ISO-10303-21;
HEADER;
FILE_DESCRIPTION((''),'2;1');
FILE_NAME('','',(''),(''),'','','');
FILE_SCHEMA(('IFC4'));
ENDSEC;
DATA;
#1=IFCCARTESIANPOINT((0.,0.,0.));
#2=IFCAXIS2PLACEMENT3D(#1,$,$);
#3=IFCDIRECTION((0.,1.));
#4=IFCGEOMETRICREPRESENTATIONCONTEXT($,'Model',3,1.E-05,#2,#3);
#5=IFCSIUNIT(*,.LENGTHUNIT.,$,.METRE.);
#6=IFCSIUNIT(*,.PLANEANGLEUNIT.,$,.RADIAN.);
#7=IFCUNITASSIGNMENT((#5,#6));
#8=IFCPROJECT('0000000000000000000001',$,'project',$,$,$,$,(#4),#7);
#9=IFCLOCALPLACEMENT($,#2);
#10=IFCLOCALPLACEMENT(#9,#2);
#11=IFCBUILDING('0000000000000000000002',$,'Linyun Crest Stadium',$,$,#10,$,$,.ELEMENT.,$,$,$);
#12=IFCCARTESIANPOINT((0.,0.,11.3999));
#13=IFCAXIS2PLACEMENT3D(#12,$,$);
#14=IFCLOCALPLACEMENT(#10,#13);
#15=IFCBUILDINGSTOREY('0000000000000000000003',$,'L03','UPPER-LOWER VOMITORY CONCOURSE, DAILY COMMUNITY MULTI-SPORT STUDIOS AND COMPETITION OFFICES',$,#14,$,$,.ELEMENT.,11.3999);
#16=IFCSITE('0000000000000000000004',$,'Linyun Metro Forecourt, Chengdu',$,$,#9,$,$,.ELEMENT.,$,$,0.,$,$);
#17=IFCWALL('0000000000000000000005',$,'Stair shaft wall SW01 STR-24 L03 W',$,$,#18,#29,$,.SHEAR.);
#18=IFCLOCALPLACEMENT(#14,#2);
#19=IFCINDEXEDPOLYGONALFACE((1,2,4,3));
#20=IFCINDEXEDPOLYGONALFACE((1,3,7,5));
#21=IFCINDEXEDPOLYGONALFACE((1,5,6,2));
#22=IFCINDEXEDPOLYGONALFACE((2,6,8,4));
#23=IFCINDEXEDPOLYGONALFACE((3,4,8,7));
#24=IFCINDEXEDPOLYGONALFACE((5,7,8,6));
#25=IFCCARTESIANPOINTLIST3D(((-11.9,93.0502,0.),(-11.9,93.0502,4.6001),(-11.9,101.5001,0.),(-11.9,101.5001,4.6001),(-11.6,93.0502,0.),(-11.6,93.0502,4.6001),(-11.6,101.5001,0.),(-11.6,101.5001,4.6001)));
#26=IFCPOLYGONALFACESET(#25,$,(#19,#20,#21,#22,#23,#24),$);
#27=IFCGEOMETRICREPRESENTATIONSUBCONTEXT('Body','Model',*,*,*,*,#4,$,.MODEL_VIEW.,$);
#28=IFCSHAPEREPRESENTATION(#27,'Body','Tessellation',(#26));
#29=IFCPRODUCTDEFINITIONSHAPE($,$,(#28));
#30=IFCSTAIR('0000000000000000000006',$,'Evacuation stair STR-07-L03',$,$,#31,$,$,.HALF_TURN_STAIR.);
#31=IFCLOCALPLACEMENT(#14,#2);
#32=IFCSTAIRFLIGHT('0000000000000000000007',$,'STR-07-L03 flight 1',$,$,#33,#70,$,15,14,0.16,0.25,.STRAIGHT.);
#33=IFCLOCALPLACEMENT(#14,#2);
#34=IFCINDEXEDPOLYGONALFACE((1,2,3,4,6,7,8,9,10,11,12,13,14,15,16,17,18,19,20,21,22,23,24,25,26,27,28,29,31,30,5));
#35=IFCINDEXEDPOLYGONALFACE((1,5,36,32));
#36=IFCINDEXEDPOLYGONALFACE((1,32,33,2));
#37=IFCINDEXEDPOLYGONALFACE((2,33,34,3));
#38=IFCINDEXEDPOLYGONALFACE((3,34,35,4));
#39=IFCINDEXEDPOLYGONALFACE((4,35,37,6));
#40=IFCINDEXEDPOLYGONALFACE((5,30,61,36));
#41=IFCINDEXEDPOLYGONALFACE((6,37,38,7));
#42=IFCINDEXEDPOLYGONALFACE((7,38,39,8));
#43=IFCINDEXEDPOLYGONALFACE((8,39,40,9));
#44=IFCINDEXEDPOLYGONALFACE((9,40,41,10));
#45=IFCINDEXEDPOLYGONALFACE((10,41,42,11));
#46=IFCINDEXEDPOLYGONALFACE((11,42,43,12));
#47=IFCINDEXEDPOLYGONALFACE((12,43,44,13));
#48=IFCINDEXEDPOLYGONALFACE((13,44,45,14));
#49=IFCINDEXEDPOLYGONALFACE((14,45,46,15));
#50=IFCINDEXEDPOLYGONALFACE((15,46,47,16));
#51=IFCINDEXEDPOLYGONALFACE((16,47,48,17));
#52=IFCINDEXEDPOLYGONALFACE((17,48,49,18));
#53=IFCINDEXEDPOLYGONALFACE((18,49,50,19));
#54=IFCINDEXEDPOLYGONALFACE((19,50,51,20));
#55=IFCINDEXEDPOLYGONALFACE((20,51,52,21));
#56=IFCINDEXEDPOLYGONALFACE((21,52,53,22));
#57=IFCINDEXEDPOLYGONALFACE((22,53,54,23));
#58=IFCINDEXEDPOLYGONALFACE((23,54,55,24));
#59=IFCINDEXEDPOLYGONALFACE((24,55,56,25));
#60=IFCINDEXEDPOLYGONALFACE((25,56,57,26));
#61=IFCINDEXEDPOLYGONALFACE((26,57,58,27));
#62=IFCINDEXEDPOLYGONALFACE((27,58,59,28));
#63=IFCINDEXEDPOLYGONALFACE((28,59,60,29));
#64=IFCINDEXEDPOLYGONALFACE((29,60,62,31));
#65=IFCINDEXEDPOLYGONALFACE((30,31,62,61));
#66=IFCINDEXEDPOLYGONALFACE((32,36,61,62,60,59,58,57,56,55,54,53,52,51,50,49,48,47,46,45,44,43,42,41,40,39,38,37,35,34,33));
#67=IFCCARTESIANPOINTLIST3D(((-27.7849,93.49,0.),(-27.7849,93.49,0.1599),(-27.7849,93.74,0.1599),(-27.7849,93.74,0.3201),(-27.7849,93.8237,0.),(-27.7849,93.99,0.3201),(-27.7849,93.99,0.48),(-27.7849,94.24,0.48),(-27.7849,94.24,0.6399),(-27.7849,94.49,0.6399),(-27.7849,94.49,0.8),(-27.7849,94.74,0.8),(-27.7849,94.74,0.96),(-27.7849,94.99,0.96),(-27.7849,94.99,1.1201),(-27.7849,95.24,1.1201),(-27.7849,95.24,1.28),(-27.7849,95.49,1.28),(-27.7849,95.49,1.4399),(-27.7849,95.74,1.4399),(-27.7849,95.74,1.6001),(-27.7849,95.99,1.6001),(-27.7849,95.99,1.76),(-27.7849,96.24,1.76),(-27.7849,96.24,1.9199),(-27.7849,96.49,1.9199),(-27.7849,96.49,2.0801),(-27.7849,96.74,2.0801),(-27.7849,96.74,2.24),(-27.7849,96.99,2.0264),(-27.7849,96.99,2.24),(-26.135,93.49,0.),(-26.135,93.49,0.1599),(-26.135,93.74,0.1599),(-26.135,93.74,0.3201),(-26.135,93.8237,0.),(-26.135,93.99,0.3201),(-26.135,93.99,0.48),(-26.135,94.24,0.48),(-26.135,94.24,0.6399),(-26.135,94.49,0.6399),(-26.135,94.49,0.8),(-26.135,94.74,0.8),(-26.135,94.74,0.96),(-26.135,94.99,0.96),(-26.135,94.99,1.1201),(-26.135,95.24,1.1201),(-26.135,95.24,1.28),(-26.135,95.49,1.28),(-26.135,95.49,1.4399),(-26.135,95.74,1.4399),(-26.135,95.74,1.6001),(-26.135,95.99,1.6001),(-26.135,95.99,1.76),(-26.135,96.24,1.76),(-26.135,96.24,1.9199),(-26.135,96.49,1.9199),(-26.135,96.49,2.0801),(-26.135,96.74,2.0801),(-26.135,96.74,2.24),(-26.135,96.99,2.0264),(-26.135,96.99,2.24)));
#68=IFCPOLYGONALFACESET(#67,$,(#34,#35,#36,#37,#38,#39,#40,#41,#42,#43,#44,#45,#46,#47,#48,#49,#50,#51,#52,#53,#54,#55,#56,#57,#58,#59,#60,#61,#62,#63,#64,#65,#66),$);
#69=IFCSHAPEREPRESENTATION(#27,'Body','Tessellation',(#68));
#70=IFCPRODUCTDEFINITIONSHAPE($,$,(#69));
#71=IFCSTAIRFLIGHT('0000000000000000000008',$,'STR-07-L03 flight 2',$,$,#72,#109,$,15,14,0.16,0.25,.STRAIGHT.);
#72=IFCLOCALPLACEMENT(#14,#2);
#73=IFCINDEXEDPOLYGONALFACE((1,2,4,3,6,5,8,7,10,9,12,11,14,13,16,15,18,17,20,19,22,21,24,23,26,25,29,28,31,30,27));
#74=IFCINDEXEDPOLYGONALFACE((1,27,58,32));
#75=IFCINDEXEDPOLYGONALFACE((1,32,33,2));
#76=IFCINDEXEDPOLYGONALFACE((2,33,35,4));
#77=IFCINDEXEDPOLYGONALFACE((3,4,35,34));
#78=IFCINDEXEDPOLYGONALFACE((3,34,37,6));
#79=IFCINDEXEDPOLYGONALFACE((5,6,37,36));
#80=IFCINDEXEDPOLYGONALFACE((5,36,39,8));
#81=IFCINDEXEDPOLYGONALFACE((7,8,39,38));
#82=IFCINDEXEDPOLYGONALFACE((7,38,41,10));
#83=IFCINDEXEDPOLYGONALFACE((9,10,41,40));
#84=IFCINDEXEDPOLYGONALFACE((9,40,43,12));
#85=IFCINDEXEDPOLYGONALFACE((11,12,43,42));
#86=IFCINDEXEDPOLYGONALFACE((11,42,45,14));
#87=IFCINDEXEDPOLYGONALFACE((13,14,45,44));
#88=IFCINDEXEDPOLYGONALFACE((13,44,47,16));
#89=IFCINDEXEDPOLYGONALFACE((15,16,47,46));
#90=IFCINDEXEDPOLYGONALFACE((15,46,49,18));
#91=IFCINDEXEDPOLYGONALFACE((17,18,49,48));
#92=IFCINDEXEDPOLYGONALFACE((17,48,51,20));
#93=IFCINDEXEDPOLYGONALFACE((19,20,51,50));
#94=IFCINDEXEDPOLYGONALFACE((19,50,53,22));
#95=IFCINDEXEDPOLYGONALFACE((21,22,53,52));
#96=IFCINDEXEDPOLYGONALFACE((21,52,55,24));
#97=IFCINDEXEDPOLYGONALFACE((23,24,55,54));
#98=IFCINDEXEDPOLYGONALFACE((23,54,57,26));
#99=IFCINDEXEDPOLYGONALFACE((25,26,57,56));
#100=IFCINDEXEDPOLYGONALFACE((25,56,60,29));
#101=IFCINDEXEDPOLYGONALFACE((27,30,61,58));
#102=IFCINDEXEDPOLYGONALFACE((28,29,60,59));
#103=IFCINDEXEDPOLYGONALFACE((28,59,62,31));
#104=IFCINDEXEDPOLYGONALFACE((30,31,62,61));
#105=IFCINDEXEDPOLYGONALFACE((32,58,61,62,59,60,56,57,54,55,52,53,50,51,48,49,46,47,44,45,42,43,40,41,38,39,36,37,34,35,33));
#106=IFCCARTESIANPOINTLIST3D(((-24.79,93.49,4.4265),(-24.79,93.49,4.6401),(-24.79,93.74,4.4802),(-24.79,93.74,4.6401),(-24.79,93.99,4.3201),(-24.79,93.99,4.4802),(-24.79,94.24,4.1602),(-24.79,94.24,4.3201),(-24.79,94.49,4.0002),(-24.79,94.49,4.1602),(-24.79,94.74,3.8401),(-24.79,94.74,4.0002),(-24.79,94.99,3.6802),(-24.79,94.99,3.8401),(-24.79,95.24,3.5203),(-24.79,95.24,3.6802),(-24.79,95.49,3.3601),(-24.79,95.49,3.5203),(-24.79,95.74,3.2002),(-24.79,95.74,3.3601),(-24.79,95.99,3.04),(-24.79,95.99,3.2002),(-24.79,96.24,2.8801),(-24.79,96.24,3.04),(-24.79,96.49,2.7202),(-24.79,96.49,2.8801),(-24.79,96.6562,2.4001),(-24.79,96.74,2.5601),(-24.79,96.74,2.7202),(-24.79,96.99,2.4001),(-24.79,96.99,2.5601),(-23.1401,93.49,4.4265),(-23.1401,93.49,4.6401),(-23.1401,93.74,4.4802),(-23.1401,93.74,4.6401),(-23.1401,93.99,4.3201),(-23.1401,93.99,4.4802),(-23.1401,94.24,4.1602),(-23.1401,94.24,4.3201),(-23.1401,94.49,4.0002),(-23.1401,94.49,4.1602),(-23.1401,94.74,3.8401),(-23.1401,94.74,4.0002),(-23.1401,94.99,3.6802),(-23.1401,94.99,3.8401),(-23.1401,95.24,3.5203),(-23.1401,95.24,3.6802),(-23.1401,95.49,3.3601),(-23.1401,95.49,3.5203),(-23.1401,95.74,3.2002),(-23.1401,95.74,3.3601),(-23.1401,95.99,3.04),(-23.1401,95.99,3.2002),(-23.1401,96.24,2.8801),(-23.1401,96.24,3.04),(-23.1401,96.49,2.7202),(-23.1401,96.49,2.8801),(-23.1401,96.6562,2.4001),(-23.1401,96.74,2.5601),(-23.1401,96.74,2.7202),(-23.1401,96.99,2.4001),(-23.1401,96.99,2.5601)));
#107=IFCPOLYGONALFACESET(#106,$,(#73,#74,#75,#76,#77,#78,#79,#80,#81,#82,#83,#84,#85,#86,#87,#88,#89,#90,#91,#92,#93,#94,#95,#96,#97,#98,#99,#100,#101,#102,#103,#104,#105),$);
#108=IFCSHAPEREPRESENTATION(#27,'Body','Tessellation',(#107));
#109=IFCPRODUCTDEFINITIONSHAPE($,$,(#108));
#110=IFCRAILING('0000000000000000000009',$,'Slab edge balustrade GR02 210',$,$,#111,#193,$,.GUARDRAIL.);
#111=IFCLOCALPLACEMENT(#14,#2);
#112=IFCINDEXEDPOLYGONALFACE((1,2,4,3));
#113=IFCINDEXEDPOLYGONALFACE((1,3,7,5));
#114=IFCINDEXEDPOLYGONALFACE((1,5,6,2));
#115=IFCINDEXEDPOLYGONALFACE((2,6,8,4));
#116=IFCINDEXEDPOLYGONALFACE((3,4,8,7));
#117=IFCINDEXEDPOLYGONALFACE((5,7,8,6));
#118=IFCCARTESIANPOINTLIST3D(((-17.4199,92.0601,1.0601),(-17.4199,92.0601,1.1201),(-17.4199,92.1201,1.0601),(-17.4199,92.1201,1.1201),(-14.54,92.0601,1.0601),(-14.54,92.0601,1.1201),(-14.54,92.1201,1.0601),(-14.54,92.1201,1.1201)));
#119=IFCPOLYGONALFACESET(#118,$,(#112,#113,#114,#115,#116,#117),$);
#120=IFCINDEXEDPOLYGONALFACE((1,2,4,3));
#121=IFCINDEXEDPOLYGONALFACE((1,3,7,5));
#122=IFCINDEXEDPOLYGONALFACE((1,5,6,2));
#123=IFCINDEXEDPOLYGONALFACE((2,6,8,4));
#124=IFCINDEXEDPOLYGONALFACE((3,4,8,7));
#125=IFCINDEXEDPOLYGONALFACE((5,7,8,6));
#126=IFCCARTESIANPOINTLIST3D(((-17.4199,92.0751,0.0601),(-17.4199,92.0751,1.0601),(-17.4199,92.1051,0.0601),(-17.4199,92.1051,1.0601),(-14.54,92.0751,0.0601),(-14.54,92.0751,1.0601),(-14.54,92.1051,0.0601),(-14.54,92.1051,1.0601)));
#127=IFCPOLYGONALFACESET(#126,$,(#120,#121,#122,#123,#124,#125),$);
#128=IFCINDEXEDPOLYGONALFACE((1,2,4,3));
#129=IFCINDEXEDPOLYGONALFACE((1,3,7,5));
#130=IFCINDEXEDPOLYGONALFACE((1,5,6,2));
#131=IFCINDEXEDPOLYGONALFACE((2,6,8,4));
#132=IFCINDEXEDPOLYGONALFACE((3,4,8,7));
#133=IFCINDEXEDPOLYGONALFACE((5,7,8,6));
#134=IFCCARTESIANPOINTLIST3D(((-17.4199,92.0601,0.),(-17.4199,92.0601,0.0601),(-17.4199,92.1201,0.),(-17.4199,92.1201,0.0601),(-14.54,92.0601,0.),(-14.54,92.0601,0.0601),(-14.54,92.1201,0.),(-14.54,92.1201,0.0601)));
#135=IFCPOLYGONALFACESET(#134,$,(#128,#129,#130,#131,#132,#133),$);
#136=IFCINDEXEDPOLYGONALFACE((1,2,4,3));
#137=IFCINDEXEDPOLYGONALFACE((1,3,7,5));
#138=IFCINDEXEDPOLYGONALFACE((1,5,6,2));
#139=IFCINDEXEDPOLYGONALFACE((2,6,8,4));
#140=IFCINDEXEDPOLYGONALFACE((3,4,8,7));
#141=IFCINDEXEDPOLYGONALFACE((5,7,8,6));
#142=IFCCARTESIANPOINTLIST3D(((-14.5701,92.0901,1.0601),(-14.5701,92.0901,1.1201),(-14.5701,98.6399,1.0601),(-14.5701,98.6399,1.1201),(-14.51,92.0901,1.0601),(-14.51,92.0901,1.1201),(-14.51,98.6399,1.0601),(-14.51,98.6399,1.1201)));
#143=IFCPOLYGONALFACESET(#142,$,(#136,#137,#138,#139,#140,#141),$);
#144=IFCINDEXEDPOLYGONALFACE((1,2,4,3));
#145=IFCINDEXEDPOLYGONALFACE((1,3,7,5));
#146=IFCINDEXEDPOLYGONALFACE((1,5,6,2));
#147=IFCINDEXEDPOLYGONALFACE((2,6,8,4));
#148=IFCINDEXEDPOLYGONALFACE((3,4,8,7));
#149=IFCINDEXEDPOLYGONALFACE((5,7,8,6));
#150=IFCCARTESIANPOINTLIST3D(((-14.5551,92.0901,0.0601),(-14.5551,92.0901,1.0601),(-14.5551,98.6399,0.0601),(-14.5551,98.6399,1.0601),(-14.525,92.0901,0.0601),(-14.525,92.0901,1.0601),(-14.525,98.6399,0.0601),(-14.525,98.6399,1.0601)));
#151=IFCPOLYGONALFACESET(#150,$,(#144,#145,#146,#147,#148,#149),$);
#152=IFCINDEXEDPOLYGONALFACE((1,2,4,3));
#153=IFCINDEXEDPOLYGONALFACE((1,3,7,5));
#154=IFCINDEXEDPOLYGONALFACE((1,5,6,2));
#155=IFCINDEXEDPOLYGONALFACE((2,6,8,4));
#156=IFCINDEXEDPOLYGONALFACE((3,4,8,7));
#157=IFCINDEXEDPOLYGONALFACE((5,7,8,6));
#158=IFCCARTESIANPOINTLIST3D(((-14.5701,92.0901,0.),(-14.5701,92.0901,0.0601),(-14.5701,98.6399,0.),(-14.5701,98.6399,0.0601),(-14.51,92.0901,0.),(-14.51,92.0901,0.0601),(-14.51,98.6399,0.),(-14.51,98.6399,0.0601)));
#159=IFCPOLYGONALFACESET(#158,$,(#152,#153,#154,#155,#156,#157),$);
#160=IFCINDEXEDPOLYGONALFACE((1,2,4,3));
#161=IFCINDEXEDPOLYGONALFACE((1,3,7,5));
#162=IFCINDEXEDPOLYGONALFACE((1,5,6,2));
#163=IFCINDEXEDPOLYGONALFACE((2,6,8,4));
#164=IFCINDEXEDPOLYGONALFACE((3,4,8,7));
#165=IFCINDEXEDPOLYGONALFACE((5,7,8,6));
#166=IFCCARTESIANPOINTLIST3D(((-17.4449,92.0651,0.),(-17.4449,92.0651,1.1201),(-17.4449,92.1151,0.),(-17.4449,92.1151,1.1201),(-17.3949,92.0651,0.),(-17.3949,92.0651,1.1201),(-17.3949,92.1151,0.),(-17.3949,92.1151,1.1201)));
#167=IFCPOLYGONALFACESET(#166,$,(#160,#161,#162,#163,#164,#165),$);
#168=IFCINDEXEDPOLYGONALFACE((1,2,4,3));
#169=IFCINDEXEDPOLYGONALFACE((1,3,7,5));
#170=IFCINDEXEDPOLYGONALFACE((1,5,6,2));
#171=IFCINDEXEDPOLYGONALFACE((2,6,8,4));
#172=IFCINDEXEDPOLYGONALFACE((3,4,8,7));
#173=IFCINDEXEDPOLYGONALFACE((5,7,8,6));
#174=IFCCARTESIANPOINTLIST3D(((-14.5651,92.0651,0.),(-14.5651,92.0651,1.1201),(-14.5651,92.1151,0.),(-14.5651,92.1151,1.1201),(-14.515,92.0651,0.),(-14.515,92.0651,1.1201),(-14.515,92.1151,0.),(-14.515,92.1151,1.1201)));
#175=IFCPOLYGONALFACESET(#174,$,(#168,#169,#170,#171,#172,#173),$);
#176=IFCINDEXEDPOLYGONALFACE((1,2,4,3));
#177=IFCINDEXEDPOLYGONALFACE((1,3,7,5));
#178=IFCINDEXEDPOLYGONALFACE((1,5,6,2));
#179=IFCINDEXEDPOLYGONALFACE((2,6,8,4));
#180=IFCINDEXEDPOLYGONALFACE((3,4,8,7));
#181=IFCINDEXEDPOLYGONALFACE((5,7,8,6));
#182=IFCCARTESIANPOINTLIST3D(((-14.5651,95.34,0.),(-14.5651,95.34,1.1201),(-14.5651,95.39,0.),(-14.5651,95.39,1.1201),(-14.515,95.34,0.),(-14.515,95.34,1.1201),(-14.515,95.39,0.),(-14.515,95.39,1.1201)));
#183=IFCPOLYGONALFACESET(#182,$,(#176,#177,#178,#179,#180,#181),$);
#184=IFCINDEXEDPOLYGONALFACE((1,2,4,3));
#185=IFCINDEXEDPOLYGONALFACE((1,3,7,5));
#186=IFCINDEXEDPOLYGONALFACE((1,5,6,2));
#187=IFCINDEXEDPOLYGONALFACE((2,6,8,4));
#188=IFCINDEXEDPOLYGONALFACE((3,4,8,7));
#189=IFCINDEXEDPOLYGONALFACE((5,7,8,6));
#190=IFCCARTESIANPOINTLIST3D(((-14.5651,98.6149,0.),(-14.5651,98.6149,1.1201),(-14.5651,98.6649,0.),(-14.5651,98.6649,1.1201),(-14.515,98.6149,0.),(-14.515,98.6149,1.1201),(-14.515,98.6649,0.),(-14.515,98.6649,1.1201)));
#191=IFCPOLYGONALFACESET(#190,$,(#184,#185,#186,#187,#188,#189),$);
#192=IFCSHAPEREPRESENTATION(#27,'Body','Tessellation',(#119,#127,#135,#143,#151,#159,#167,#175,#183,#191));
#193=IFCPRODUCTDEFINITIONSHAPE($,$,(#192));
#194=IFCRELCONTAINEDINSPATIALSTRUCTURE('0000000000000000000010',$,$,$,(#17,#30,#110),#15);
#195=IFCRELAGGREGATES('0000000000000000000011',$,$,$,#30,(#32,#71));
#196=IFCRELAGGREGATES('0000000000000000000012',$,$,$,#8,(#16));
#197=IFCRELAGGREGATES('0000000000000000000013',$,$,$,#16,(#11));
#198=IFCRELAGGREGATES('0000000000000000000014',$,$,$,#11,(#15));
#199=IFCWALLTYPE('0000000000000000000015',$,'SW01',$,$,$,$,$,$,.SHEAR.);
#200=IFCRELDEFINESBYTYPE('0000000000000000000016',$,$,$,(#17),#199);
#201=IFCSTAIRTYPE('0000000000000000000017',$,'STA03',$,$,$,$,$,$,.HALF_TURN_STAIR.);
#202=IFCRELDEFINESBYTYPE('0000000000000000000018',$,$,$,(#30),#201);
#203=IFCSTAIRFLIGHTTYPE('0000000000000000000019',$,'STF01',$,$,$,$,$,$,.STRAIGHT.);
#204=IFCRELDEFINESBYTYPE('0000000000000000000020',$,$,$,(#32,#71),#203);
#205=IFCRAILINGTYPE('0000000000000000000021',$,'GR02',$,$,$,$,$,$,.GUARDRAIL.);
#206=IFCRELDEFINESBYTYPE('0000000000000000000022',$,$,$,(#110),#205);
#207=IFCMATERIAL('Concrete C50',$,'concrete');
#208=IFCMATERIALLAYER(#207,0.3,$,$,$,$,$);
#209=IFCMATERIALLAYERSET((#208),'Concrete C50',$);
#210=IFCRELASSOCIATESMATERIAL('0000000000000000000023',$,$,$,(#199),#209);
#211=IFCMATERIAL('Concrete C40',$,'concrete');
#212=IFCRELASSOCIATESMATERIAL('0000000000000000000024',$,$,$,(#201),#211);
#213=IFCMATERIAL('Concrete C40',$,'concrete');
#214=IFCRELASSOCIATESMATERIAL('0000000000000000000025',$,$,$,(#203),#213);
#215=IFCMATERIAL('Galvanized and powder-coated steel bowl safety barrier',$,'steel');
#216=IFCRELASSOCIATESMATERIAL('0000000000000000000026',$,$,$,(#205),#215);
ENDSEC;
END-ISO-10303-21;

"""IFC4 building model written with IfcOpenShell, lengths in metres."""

from ifc_helpers import new_model, si_unit, direction, frame, frame_2d, origin, origin_2d, place, context, subcontext, project, spatial, polyline, rectangle, outline, extrude, material, layer, layer_set, type_object, element, aggregate, save


model = new_model("IFC4")

# Units and contexts
model_context = context("Model", 3, precision=1e-05, world=origin(), true_north=direction((0.0, 1.0)))
body_context = subcontext(model_context, "Body", "Model", "MODEL_VIEW")
ifc_project = project(units=[si_unit("LENGTHUNIT", "METRE"), si_unit("PLANEANGLEUNIT", "RADIAN")], contexts=[model_context])

# Site, building, storey
site_placement = place(None, origin())
site = spatial("IfcSite", under=ifc_project, at=site_placement, Name="Linyun Metro Forecourt, Chengdu", CompositionType="ELEMENT", RefElevation=0.0)
building_placement = place(site_placement, origin())
building = spatial("IfcBuilding", under=site, at=building_placement, Name="Linyun Crest Stadium", CompositionType="ELEMENT")
storey_placement = place(building_placement, frame((0.0, 0.0, 11.3999)))
storey = spatial("IfcBuildingStorey", under=building, at=storey_placement, Name="L03", Description="UPPER-LOWER VOMITORY CONCOURSE, DAILY COMMUNITY MULTI-SPORT STUDIOS AND COMPETITION OFFICES", CompositionType="ELEMENT", Elevation=11.3999)

# Shared definitions
ifc_material_1 = material(Name="Concrete C50", Category="concrete")
ifc_layer_1 = layer(ifc_material_1, 0.3)
ifc_layer_set_1 = layer_set([ifc_layer_1], Name="Concrete C50")
wall_type_1 = type_object("IfcWallType", Name="SW01", PredefinedType="SHEAR", material=ifc_layer_set_1)

# Wall
wall_1_placement = place(storey_placement, frame((-11.75, 93.05, 0.0), z_axis=(0.0, 0.0, 1.0), x_axis=(0.0, 1.0, 0.0)))
element("IfcWall", 1, at=wall_1_placement, inside=storey, type_object=wall_type_1, Name="Stair shaft wall SW01 STR-24 L03 W", PredefinedType="SHEAR", context=body_context, shape_type="SweptSolid", body=[
    extrude(rectangle(XDim=8.45, YDim=0.3, at=frame_2d((4.2251, 0.0))), origin(), (0.0, 0.0, 1.0), 4.6001),
])

# Stair, stair flights
ifc_material_2 = material(Name="Concrete C40", Category="concrete")
stair_type = type_object("IfcStairType", Name="STA03", PredefinedType="HALF_TURN_STAIR", material=ifc_material_2)
stair_placement = place(storey_placement, origin())
stair = element("IfcStair", 2, at=stair_placement, inside=storey, type_object=stair_type, Name="Evacuation stair STR-07-L03", PredefinedType="HALF_TURN_STAIR")
ifc_material_3 = material(Name="Concrete C40", Category="concrete")
stair_flight_type = type_object("IfcStairFlightType", Name="STF01", PredefinedType="STRAIGHT", material=ifc_material_3)
stair_flight_1_placement = place(storey_placement, frame((-26.96, 93.49, 0.0), z_axis=(0.0, 0.0, 1.0), x_axis=(0.0, 1.0, 0.0)))
stair_flight_1 = element("IfcStairFlight", 3, at=stair_flight_1_placement, type_object=stair_flight_type, Name="STR-07-L03 flight 1", NumberOfRisers=15, NumberOfTreads=14, PredefinedType="STRAIGHT", RiserHeight=0.16, TreadLength=0.25, context=body_context, shape_type="SweptSolid", body=[
    extrude(outline(polyline([(0.0, 0.0), (0.0, 0.1599), (0.25, 0.1599), (0.25, 0.3201), (0.5, 0.3201), (0.5, 0.48), (0.75, 0.48), (0.75, 0.6399), (1.0, 0.6399), (1.0, 0.8), (1.25, 0.8), (1.25, 0.96), (1.5, 0.96), (1.5, 1.1201), (1.75, 1.1201), (1.75, 1.28), (2.0, 1.28), (2.0, 1.4399), (2.25, 1.4399), (2.25, 1.6001), (2.5, 1.6001), (2.5, 1.76), (2.75, 1.76), (2.75, 1.9199), (3.0, 1.9199), (3.0, 2.0801), (3.25, 2.0801), (3.25, 2.24), (3.5, 2.24), (3.5, 2.3999), (3.5, 2.0264), (0.3337, 0.0), (0.0, 0.0)])), frame((0.0, 0.825, 0.0), z_axis=(0.0, -1.0, 0.0), x_axis=(1.0, 0.0, 0.0)), (0.0, 0.0, 1.0), 1.6499),
])
stair_flight_2_placement = place(storey_placement, frame((-23.9651, 96.99, 2.4001), z_axis=(0.0, 0.0, 1.0), x_axis=(0.0, -1.0, 0.0)))
stair_flight_2 = element("IfcStairFlight", 4, at=stair_flight_2_placement, type_object=stair_flight_type, Name="STR-07-L03 flight 2", NumberOfRisers=15, NumberOfTreads=14, PredefinedType="STRAIGHT", RiserHeight=0.16, TreadLength=0.25, context=body_context, shape_type="SweptSolid", body=[
    extrude(outline(polyline([(0.0, 0.0), (0.0, 0.1599), (0.25, 0.1599), (0.25, 0.3201), (0.5, 0.3201), (0.5, 0.48), (0.75, 0.48), (0.75, 0.6399), (1.0, 0.6399), (1.0, 0.8), (1.25, 0.8), (1.25, 0.96), (1.5, 0.96), (1.5, 1.1201), (1.75, 1.1201), (1.75, 1.28), (2.0, 1.28), (2.0, 1.4399), (2.25, 1.4399), (2.25, 1.6001), (2.5, 1.6001), (2.5, 1.76), (2.75, 1.76), (2.75, 1.9199), (3.0, 1.9199), (3.0, 2.0801), (3.25, 2.0801), (3.25, 2.24), (3.5, 2.24), (3.5, 2.3999), (3.5, 2.0264), (0.3337, 0.0), (0.0, 0.0)])), frame((0.0, 0.825, 0.0), z_axis=(0.0, -1.0, 0.0), x_axis=(1.0, 0.0, 0.0)), (0.0, 0.0, 1.0), 1.6499),
])
aggregate(stair, [stair_flight_1, stair_flight_2])

# Railing
ifc_material_4 = material(Name="Galvanized and powder-coated steel bowl safety barrier", Category="steel")
railing_type_1 = type_object("IfcRailingType", Name="GR02", PredefinedType="GUARDRAIL", material=ifc_material_4)
railing_1_placement = place(storey_placement, frame((-17.4199, 92.0901, 0.0)))
element("IfcRailing", 5, at=railing_1_placement, inside=storey, type_object=railing_type_1, Name="Slab edge balustrade GR02 210", PredefinedType="GUARDRAIL", context=body_context, shape_type="SweptSolid", body=[
    extrude(rectangle(XDim=0.0601, YDim=0.0601, at=origin_2d()), frame((0.0, 0.0, 1.0901), z_axis=(1.0, 0.0, 0.0), x_axis=(0.0, 1.0, 0.0)), (0.0, 0.0, 1.0), 2.8799),
    extrude(rectangle(XDim=0.03, YDim=1.0, at=origin_2d()), frame((0.0, 0.0, 0.5601), z_axis=(1.0, 0.0, 0.0), x_axis=(0.0, 1.0, 0.0)), (0.0, 0.0, 1.0), 2.8799),
    extrude(rectangle(XDim=0.0601, YDim=0.0601, at=origin_2d()), frame((0.0, 0.0, 0.03), z_axis=(1.0, 0.0, 0.0), x_axis=(0.0, 1.0, 0.0)), (0.0, 0.0, 1.0), 2.8799),
    extrude(rectangle(XDim=0.0601, YDim=0.0601, at=origin_2d()), frame((2.8799, 0.0, 1.0901), z_axis=(0.0, 1.0, 0.0), x_axis=(-1.0, 0.0, 0.0)), (0.0, 0.0, 1.0), 6.5498),
    extrude(rectangle(XDim=0.03, YDim=1.0, at=origin_2d()), frame((2.8799, 0.0, 0.5601), z_axis=(0.0, 1.0, 0.0), x_axis=(-1.0, 0.0, 0.0)), (0.0, 0.0, 1.0), 6.5498),
    extrude(rectangle(XDim=0.0601, YDim=0.0601, at=origin_2d()), frame((2.8799, 0.0, 0.03), z_axis=(0.0, 1.0, 0.0), x_axis=(-1.0, 0.0, 0.0)), (0.0, 0.0, 1.0), 6.5498),
    extrude(rectangle(XDim=0.05, YDim=0.05, at=origin_2d()), origin(), (0.0, 0.0, 1.0), 1.1201),
    extrude(rectangle(XDim=0.05, YDim=0.05, at=origin_2d()), frame((2.8799, 0.0, 0.0)), (0.0, 0.0, 1.0), 1.1201),
    extrude(rectangle(XDim=0.05, YDim=0.05, at=origin_2d()), frame((2.8799, 3.2749, 0.0)), (0.0, 0.0, 1.0), 1.1201),
    extrude(rectangle(XDim=0.05, YDim=0.05, at=origin_2d()), frame((2.8799, 6.5498, 0.0)), (0.0, 0.0, 1.0), 1.1201),
])

save(model, "model.ifc")
